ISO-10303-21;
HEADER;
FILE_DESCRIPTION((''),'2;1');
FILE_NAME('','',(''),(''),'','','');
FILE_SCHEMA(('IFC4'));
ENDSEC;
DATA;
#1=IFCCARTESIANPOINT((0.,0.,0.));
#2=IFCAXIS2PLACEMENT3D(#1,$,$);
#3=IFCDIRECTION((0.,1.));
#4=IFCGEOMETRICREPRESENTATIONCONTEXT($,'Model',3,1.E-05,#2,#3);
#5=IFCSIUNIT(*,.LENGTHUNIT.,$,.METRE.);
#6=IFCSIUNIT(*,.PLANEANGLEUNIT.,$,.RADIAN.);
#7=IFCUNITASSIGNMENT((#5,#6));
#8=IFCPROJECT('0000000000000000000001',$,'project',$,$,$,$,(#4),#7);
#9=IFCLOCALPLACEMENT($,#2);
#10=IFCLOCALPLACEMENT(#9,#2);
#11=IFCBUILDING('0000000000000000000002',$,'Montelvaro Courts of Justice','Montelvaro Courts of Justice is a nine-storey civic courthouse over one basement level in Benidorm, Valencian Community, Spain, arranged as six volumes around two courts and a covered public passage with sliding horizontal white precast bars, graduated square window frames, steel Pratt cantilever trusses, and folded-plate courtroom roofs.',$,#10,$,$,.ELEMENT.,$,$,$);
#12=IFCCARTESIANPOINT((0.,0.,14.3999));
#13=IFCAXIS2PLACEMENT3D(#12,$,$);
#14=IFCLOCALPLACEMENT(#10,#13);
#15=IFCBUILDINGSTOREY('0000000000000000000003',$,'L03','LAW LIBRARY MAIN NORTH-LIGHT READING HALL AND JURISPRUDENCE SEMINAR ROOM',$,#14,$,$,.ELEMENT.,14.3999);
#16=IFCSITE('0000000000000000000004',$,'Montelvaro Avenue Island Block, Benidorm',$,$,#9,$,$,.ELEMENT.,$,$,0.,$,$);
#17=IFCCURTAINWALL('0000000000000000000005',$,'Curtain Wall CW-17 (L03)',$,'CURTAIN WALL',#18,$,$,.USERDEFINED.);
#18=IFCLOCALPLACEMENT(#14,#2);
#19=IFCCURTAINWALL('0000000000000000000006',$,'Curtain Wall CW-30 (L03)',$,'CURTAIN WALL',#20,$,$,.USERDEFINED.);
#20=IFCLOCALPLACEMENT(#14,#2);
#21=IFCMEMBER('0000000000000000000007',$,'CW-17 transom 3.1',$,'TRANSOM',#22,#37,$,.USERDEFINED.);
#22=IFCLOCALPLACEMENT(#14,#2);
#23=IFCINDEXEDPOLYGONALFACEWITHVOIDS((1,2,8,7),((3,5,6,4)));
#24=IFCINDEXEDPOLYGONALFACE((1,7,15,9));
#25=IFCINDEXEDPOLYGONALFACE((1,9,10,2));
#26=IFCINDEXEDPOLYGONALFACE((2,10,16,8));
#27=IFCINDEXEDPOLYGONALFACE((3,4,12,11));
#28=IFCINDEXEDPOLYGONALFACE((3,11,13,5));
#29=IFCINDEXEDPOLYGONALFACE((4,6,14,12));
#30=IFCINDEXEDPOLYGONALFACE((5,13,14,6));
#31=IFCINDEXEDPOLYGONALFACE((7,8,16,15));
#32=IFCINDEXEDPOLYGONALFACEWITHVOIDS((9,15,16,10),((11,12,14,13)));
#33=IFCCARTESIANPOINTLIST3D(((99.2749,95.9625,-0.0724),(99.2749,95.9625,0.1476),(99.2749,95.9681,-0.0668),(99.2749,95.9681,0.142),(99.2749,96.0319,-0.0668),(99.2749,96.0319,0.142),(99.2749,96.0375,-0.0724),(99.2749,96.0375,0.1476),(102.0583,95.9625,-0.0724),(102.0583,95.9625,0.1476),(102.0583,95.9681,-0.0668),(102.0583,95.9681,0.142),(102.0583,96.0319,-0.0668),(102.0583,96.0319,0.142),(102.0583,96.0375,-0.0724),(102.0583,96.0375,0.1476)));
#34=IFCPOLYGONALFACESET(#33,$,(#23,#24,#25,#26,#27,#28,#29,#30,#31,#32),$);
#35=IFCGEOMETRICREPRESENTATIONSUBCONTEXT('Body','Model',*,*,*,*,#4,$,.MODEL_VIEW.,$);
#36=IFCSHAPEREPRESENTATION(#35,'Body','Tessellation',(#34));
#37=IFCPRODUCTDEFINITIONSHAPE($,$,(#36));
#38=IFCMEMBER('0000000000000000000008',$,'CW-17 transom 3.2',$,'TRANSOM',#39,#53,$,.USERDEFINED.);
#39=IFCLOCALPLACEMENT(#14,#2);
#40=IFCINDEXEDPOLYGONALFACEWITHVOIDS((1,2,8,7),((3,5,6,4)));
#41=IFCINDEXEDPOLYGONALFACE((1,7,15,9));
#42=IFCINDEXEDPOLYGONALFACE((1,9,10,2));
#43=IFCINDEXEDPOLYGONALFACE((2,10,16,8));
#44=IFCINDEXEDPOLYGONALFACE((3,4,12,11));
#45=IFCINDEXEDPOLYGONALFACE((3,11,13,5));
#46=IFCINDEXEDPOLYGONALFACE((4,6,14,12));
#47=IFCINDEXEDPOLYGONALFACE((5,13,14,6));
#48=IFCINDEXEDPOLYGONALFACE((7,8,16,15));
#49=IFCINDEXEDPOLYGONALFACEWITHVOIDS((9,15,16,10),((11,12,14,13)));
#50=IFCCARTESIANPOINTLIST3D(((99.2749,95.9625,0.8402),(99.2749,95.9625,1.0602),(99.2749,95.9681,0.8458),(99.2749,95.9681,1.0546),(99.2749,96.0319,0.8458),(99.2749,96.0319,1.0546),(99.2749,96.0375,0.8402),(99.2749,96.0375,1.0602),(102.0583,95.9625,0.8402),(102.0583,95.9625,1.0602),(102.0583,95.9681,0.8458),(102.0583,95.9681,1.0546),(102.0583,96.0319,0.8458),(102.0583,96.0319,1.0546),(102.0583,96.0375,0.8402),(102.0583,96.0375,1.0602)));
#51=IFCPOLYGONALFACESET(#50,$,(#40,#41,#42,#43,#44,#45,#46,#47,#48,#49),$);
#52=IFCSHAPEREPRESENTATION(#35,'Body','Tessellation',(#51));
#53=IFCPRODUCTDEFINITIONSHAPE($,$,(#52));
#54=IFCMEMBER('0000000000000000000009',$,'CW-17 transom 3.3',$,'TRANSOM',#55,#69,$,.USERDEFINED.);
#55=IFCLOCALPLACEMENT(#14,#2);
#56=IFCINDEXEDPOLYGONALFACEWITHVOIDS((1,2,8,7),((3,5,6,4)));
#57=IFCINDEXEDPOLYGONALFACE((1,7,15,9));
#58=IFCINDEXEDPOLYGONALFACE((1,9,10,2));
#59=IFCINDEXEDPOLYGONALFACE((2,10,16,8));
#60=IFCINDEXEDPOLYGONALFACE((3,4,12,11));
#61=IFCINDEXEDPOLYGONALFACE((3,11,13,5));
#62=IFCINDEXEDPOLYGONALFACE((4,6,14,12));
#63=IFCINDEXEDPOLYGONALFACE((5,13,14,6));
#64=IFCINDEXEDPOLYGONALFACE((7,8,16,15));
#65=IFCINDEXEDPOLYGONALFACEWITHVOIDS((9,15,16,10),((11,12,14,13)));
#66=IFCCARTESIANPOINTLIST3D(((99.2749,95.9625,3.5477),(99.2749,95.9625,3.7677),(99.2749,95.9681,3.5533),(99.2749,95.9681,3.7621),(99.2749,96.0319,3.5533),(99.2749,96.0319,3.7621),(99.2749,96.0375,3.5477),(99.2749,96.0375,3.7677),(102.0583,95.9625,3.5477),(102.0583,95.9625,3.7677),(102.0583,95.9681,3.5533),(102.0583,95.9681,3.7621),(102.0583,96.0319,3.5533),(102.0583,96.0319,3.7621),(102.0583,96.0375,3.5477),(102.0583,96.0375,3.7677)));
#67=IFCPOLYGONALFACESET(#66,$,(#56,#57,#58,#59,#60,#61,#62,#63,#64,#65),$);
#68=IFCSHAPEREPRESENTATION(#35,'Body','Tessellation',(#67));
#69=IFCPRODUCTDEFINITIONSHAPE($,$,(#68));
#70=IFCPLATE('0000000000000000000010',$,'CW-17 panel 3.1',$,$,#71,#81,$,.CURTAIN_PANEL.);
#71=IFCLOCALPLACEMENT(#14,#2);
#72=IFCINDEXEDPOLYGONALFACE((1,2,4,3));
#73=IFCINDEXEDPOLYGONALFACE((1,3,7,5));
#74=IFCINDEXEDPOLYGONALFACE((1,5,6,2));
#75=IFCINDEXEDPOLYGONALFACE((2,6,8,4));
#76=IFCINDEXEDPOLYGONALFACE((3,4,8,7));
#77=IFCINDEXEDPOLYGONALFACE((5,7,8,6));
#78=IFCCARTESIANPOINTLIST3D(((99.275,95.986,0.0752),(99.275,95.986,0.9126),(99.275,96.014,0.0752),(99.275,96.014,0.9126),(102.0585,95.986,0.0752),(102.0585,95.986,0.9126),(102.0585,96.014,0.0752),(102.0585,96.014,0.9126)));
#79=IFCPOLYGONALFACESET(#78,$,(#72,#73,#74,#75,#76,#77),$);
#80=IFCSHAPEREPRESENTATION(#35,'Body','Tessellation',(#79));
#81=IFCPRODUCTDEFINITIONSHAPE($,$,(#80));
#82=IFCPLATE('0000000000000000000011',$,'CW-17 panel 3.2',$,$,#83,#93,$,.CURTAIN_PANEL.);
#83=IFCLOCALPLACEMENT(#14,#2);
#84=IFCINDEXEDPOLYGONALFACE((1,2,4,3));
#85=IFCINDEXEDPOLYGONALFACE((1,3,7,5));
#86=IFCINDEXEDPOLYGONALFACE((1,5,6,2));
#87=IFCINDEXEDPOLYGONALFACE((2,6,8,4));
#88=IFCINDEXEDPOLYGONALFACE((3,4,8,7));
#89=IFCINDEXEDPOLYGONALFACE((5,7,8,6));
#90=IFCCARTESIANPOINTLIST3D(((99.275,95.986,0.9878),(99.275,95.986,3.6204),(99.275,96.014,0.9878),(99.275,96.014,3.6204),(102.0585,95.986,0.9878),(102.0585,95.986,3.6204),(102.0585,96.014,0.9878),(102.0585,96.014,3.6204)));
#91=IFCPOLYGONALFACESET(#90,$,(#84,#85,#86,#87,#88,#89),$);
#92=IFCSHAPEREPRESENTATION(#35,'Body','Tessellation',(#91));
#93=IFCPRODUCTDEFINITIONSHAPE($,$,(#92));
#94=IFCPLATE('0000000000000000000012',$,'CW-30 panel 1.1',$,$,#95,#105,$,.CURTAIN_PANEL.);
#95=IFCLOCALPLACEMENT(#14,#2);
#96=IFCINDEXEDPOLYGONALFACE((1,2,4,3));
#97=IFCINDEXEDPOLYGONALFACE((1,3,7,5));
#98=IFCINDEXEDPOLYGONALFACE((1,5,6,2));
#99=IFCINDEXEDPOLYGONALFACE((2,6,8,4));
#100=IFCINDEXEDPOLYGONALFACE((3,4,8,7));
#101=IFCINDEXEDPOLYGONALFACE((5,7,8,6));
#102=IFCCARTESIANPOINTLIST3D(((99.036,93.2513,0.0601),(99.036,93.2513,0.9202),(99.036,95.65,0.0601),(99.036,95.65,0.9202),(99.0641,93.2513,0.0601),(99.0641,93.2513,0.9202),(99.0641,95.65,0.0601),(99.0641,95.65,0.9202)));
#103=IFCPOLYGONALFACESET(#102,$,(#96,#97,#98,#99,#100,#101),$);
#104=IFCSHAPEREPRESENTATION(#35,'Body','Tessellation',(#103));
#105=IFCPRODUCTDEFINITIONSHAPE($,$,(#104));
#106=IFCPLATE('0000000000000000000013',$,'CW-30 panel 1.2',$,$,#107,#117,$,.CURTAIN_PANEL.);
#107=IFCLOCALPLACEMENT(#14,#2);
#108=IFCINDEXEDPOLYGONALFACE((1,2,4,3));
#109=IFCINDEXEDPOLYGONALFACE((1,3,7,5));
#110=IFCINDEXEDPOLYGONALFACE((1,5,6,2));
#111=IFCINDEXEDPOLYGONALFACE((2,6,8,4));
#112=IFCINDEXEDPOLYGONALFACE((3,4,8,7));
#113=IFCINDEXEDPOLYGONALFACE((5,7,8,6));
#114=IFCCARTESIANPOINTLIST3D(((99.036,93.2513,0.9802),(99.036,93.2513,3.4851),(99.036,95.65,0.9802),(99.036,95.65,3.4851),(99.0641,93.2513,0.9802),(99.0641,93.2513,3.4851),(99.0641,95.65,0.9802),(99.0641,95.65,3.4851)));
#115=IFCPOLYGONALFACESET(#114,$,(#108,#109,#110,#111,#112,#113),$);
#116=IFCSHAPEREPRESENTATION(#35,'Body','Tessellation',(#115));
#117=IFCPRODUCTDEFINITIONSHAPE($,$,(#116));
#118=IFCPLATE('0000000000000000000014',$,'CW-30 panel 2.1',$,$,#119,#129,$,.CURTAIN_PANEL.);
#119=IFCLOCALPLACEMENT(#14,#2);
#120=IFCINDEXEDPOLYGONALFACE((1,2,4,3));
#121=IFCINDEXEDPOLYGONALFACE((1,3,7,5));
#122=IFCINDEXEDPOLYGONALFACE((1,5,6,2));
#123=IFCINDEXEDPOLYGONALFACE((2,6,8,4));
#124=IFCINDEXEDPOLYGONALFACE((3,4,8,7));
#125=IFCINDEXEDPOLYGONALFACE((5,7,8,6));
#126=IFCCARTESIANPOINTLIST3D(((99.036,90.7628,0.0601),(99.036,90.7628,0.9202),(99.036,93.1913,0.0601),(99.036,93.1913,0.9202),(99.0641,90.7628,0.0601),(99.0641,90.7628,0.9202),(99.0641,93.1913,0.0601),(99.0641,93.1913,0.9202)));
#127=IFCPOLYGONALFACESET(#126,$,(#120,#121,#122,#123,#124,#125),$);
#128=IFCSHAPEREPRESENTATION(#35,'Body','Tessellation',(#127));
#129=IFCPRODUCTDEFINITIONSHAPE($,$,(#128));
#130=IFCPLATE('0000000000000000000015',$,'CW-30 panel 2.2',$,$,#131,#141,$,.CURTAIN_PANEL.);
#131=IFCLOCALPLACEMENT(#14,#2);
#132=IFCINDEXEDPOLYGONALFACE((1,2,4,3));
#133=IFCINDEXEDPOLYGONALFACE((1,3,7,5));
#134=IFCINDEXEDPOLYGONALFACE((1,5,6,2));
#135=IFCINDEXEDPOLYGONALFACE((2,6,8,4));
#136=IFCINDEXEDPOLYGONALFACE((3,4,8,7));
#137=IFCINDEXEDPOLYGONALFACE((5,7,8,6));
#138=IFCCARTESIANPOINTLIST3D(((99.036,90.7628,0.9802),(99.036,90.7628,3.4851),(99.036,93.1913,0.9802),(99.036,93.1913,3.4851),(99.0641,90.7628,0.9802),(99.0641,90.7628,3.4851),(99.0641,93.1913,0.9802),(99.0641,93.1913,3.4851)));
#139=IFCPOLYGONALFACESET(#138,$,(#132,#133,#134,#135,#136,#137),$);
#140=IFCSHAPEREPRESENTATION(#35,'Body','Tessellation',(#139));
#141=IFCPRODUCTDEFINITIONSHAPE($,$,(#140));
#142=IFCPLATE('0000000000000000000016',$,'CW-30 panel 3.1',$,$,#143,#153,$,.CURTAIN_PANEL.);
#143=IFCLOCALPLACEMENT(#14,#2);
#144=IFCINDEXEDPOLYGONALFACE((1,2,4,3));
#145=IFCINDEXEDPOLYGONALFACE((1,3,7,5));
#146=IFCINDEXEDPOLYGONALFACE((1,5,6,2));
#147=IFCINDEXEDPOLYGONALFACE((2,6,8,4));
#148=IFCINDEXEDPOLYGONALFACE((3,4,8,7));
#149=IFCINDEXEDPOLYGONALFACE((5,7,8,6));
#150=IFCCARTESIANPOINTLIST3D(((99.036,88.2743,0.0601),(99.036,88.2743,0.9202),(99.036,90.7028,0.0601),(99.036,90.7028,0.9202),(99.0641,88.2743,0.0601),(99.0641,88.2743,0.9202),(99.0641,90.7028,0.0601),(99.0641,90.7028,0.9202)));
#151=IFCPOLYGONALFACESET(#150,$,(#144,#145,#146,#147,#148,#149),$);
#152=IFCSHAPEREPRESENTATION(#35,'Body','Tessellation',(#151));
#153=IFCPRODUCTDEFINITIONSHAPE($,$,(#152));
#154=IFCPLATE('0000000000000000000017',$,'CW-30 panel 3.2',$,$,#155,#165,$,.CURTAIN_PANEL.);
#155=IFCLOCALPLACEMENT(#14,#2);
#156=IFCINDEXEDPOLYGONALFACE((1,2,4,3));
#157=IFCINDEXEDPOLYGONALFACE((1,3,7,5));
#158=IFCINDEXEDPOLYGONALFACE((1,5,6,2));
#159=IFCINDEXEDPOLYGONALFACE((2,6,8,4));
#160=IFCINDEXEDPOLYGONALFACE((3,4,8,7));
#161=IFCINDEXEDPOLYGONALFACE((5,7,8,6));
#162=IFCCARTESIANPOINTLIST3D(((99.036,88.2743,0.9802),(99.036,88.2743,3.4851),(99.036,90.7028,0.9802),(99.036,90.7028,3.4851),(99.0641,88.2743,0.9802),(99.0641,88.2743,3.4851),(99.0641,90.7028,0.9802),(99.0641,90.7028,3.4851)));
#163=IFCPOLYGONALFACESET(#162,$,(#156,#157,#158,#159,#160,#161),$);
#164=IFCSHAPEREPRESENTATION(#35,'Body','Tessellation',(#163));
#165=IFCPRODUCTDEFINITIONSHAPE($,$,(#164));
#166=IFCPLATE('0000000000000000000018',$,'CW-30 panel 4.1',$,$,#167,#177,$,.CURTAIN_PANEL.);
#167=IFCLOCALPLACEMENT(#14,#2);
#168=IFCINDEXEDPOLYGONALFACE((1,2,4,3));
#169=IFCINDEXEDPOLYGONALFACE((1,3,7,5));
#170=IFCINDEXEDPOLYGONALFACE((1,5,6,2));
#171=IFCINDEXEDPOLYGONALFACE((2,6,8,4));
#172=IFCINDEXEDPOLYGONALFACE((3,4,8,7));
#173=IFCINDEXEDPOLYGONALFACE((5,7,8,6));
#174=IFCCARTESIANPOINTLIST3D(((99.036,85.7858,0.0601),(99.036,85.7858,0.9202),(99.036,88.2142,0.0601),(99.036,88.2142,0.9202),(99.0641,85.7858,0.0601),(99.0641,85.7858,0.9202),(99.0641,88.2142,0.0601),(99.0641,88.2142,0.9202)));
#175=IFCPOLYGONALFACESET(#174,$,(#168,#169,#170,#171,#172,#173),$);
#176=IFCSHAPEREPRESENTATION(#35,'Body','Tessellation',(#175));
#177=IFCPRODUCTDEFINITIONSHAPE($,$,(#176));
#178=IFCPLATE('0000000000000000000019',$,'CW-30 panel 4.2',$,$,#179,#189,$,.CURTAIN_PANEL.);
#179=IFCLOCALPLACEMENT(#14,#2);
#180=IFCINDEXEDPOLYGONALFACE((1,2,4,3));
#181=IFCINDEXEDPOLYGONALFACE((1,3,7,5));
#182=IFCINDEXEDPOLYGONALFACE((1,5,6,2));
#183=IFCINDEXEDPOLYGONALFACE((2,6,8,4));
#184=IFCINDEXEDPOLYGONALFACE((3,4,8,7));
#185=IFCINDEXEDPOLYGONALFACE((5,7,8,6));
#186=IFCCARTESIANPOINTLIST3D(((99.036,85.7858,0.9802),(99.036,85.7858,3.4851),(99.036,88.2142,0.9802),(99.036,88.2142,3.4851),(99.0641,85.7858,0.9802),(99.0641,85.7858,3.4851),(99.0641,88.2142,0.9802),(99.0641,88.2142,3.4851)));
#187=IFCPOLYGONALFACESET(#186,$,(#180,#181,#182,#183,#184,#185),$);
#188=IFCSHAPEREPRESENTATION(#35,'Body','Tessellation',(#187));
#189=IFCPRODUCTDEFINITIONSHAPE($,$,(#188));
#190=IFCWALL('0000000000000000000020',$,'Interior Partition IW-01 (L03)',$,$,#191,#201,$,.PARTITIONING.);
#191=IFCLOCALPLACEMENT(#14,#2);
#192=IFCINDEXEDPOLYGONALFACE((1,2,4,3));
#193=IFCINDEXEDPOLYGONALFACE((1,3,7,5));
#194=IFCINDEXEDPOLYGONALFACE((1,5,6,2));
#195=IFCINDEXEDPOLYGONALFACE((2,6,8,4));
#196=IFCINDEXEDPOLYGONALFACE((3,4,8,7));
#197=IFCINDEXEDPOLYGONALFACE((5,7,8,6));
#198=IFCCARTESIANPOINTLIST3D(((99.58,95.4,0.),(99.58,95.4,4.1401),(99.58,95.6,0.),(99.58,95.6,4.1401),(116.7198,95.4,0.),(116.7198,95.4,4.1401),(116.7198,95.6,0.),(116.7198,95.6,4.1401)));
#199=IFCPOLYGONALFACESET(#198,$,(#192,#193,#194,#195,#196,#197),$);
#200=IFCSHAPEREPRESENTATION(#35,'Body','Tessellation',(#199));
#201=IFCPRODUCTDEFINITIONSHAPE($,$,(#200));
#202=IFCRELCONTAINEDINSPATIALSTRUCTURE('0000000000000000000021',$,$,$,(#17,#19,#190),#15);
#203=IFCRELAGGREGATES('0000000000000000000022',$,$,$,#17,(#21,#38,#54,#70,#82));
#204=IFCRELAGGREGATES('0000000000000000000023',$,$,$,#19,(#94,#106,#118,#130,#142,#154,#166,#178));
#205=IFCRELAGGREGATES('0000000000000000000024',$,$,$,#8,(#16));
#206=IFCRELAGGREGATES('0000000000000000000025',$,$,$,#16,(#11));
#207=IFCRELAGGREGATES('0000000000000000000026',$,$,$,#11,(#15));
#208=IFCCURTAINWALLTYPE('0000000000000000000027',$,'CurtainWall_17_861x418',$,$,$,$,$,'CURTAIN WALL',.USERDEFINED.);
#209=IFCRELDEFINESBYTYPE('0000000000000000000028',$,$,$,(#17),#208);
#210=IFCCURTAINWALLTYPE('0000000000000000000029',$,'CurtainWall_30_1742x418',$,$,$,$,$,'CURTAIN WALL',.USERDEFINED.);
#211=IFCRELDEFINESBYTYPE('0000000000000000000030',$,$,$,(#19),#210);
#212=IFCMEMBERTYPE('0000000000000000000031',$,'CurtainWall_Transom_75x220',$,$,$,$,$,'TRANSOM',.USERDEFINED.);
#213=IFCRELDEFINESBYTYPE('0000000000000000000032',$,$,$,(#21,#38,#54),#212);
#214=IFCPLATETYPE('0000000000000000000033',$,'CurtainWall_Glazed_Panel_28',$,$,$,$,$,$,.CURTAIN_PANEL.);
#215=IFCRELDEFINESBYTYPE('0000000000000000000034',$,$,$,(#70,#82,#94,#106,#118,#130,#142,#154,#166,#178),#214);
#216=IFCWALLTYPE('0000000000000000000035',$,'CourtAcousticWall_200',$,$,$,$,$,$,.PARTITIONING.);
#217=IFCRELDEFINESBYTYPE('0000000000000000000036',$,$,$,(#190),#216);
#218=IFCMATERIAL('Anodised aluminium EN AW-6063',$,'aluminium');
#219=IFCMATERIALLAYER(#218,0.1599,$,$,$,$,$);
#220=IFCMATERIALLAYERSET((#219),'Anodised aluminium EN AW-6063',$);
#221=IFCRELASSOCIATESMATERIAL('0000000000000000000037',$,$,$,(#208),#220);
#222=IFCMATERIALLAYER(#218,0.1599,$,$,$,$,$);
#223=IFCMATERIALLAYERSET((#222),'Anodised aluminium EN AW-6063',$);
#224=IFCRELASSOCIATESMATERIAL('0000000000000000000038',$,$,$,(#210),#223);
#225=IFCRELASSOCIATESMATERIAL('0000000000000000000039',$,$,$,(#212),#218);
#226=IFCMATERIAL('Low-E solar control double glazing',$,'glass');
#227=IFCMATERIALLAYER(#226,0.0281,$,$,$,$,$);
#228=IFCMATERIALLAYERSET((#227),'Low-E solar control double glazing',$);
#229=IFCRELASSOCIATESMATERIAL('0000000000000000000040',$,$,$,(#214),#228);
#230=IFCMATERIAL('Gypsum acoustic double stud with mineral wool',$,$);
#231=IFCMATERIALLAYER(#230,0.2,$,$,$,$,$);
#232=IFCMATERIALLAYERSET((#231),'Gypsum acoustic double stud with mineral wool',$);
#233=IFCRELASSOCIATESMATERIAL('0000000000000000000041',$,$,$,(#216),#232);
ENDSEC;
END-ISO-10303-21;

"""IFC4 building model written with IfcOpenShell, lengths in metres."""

from ifc_helpers import new_model, si_unit, direction, frame, frame_2d, origin, origin_2d, place, context, subcontext, project, spatial, rectangle, hollow_rectangle, extrude, material, layer, layer_set, material_profile, profile_set, type_object, element, aggregate, save


model = new_model("IFC4")

# Units and contexts
model_context = context("Model", 3, precision=1e-05, world=origin(), true_north=direction((0.0, 1.0)))
body_context = subcontext(model_context, "Body", "Model", "MODEL_VIEW")
ifc_project = project(units=[si_unit("LENGTHUNIT", "METRE"), si_unit("PLANEANGLEUNIT", "RADIAN")], contexts=[model_context])

# Site, building, storey
site_placement = place(None, origin())
site = spatial("IfcSite", under=ifc_project, at=site_placement, Name="Montelvaro Avenue Island Block, Benidorm", CompositionType="ELEMENT", RefElevation=0.0)
building_placement = place(site_placement, origin())
building = spatial("IfcBuilding", under=site, at=building_placement, Name="Montelvaro Courts of Justice", Description="Montelvaro Courts of Justice is a nine-storey civic courthouse over one basement level in Benidorm, Valencian Community, Spain, arranged as six volumes around two courts and a covered public passage with sliding horizontal white precast bars, graduated square window frames, steel Pratt cantilever trusses, and folded-plate courtroom roofs.", CompositionType="ELEMENT")
storey_placement = place(building_placement, frame((0.0, 0.0, 14.3999)))
storey = spatial("IfcBuildingStorey", under=building, at=storey_placement, Name="L03", Description="LAW LIBRARY MAIN NORTH-LIGHT READING HALL AND JURISPRUDENCE SEMINAR ROOM", CompositionType="ELEMENT", Elevation=14.3999)

# Curtain wall
ifc_material_1 = material(Name="Anodised aluminium EN AW-6063", Category="aluminium")
ifc_layer_1 = layer(ifc_material_1, 0.1599)
ifc_layer_set_1 = layer_set([ifc_layer_1], Name="Anodised aluminium EN AW-6063")
curtain_wall_type_1 = type_object("IfcCurtainWallType", Name="CurtainWall_17_861x418", ElementType="CURTAIN WALL", PredefinedType="USERDEFINED", material=ifc_layer_set_1)
curtain_wall_1_placement = place(storey_placement, origin())
curtain_wall_1 = element("IfcCurtainWall", 1, at=curtain_wall_1_placement, inside=storey, type_object=curtain_wall_type_1, Name="Curtain Wall CW-17 (L03)", ObjectType="CURTAIN WALL", PredefinedType="USERDEFINED")

# Curtain wall
ifc_layer_2 = layer(ifc_material_1, 0.1599)
ifc_layer_set_2 = layer_set([ifc_layer_2], Name="Anodised aluminium EN AW-6063")
curtain_wall_type_2 = type_object("IfcCurtainWallType", Name="CurtainWall_30_1742x418", ElementType="CURTAIN WALL", PredefinedType="USERDEFINED", material=ifc_layer_set_2)
curtain_wall_2_placement = place(storey_placement, origin())
curtain_wall_2 = element("IfcCurtainWall", 2, at=curtain_wall_2_placement, inside=storey, type_object=curtain_wall_type_2, Name="Curtain Wall CW-30 (L03)", ObjectType="CURTAIN WALL", PredefinedType="USERDEFINED")

# Members
ifc_material_profile_1 = material_profile(ifc_material_1, hollow_rectangle(XDim=0.075, YDim=0.22, WallThickness=0.0056, at=origin_2d()), Name="ALU-T 75x220")
ifc_profile_set_1 = profile_set([ifc_material_profile_1], Name="Anodised aluminium EN AW-6063")
member_type_1 = type_object("IfcMemberType", Name="CurtainWall_Transom_75x220", ElementType="TRANSOM", PredefinedType="USERDEFINED", material=ifc_profile_set_1)
member_1_placement = place(storey_placement, frame((102.0583, 96.0, 0.0376), z_axis=(-1.0, 0.0, 0.0), x_axis=(0.0, -1.0, 0.0)))
member_1 = element("IfcMember", 3, at=member_1_placement, type_object=member_type_1, Name="CW-17 transom 3.1", ObjectType="TRANSOM", PredefinedType="USERDEFINED", context=body_context, shape_type="SweptSolid", body=[
    extrude(hollow_rectangle(XDim=0.075, YDim=0.22, WallThickness=0.0056, at=origin_2d()), origin(), (0.0, 0.0, 1.0), 2.7834),
])
member_2_placement = place(storey_placement, frame((102.0583, 96.0, 0.9502), z_axis=(-1.0, 0.0, 0.0), x_axis=(0.0, -1.0, 0.0)))
member_2 = element("IfcMember", 4, at=member_2_placement, type_object=member_type_1, Name="CW-17 transom 3.2", ObjectType="TRANSOM", PredefinedType="USERDEFINED", context=body_context, shape_type="SweptSolid", body=[
    extrude(hollow_rectangle(XDim=0.075, YDim=0.22, WallThickness=0.0056, at=origin_2d()), origin(), (0.0, 0.0, 1.0), 2.7834),
])
member_3_placement = place(storey_placement, frame((102.0583, 96.0, 3.6577), z_axis=(-1.0, 0.0, 0.0), x_axis=(0.0, -1.0, 0.0)))
member_3 = element("IfcMember", 5, at=member_3_placement, type_object=member_type_1, Name="CW-17 transom 3.3", ObjectType="TRANSOM", PredefinedType="USERDEFINED", context=body_context, shape_type="SweptSolid", body=[
    extrude(hollow_rectangle(XDim=0.075, YDim=0.22, WallThickness=0.0056, at=origin_2d()), origin(), (0.0, 0.0, 1.0), 2.7834),
])

# Plates
ifc_material_2 = material(Name="Low-E solar control double glazing", Category="glass")
ifc_layer_3 = layer(ifc_material_2, 0.0281)
ifc_layer_set_3 = layer_set([ifc_layer_3], Name="Low-E solar control double glazing")
plate_type = type_object("IfcPlateType", Name="CurtainWall_Glazed_Panel_28", PredefinedType="CURTAIN_PANEL", material=ifc_layer_set_3)
plate_1_placement = place(storey_placement, frame((100.6667, 96.0, 0.0752), z_axis=(0.0, 0.0, 1.0), x_axis=(-1.0, 0.0, 0.0)))
plate_1 = element("IfcPlate", 6, at=plate_1_placement, type_object=plate_type, Name="CW-17 panel 3.1", PredefinedType="CURTAIN_PANEL", context=body_context, shape_type="SweptSolid", body=[
    extrude(rectangle(XDim=2.7834, YDim=0.0281, at=origin_2d()), origin(), (0.0, 0.0, 1.0), 0.8374),
])
plate_2_placement = place(storey_placement, frame((100.6667, 96.0, 0.9878), z_axis=(0.0, 0.0, 1.0), x_axis=(-1.0, 0.0, 0.0)))
plate_2 = element("IfcPlate", 7, at=plate_2_placement, type_object=plate_type, Name="CW-17 panel 3.2", PredefinedType="CURTAIN_PANEL", context=body_context, shape_type="SweptSolid", body=[
    extrude(rectangle(XDim=2.7834, YDim=0.0281, at=origin_2d()), origin(), (0.0, 0.0, 1.0), 2.6326),
])
aggregate(curtain_wall_1, [member_1, member_2, member_3, plate_1, plate_2])
plate_3_placement = place(storey_placement, frame((99.05, 94.4507, 0.0601), z_axis=(0.0, 0.0, 1.0), x_axis=(0.0, -1.0, 0.0)))
plate_3 = element("IfcPlate", 8, at=plate_3_placement, type_object=plate_type, Name="CW-30 panel 1.1", PredefinedType="CURTAIN_PANEL", context=body_context, shape_type="SweptSolid", body=[
    extrude(rectangle(XDim=2.3987, YDim=0.0281, at=origin_2d()), origin(), (0.0, 0.0, 1.0), 0.8601),
])
plate_4_placement = place(storey_placement, frame((99.05, 94.4507, 0.9802), z_axis=(0.0, 0.0, 1.0), x_axis=(0.0, -1.0, 0.0)))
plate_4 = element("IfcPlate", 9, at=plate_4_placement, type_object=plate_type, Name="CW-30 panel 1.2", PredefinedType="CURTAIN_PANEL", context=body_context, shape_type="SweptSolid", body=[
    extrude(rectangle(XDim=2.3987, YDim=0.0281, at=origin_2d()), origin(), (0.0, 0.0, 1.0), 2.5049),
])
plate_5_placement = place(storey_placement, frame((99.05, 91.9771, 0.0601), z_axis=(0.0, 0.0, 1.0), x_axis=(0.0, -1.0, 0.0)))
plate_5 = element("IfcPlate", 10, at=plate_5_placement, type_object=plate_type, Name="CW-30 panel 2.1", PredefinedType="CURTAIN_PANEL", context=body_context, shape_type="SweptSolid", body=[
    extrude(rectangle(XDim=2.4285, YDim=0.0281, at=origin_2d()), origin(), (0.0, 0.0, 1.0), 0.8601),
])
plate_6_placement = place(storey_placement, frame((99.05, 91.9771, 0.9802), z_axis=(0.0, 0.0, 1.0), x_axis=(0.0, -1.0, 0.0)))
plate_6 = element("IfcPlate", 11, at=plate_6_placement, type_object=plate_type, Name="CW-30 panel 2.2", PredefinedType="CURTAIN_PANEL", context=body_context, shape_type="SweptSolid", body=[
    extrude(rectangle(XDim=2.4285, YDim=0.0281, at=origin_2d()), origin(), (0.0, 0.0, 1.0), 2.5049),
])
plate_7_placement = place(storey_placement, frame((99.05, 89.4885, 0.0601), z_axis=(0.0, 0.0, 1.0), x_axis=(0.0, -1.0, 0.0)))
plate_7 = element("IfcPlate", 12, at=plate_7_placement, type_object=plate_type, Name="CW-30 panel 3.1", PredefinedType="CURTAIN_PANEL", context=body_context, shape_type="SweptSolid", body=[
    extrude(rectangle(XDim=2.4285, YDim=0.0281, at=origin_2d()), origin(), (0.0, 0.0, 1.0), 0.8601),
])
plate_8_placement = place(storey_placement, frame((99.05, 89.4885, 0.9802), z_axis=(0.0, 0.0, 1.0), x_axis=(0.0, -1.0, 0.0)))
plate_8 = element("IfcPlate", 13, at=plate_8_placement, type_object=plate_type, Name="CW-30 panel 3.2", PredefinedType="CURTAIN_PANEL", context=body_context, shape_type="SweptSolid", body=[
    extrude(rectangle(XDim=2.4285, YDim=0.0281, at=origin_2d()), origin(), (0.0, 0.0, 1.0), 2.5049),
])
plate_9_placement = place(storey_placement, frame((99.05, 87.0, 0.0601), z_axis=(0.0, 0.0, 1.0), x_axis=(0.0, -1.0, 0.0)))
plate_9 = element("IfcPlate", 14, at=plate_9_placement, type_object=plate_type, Name="CW-30 panel 4.1", PredefinedType="CURTAIN_PANEL", context=body_context, shape_type="SweptSolid", body=[
    extrude(rectangle(XDim=2.4285, YDim=0.0281, at=origin_2d()), origin(), (0.0, 0.0, 1.0), 0.8601),
])
plate_10_placement = place(storey_placement, frame((99.05, 87.0, 0.9802), z_axis=(0.0, 0.0, 1.0), x_axis=(0.0, -1.0, 0.0)))
plate_10 = element("IfcPlate", 15, at=plate_10_placement, type_object=plate_type, Name="CW-30 panel 4.2", PredefinedType="CURTAIN_PANEL", context=body_context, shape_type="SweptSolid", body=[
    extrude(rectangle(XDim=2.4285, YDim=0.0281, at=origin_2d()), origin(), (0.0, 0.0, 1.0), 2.5049),
])
aggregate(curtain_wall_2, [plate_3, plate_4, plate_5, plate_6, plate_7, plate_8, plate_9, plate_10])

# Wall
ifc_material_3 = material(Name="Gypsum acoustic double stud with mineral wool")
ifc_layer_4 = layer(ifc_material_3, 0.2)
ifc_layer_set_4 = layer_set([ifc_layer_4], Name="Gypsum acoustic double stud with mineral wool")
wall_type = type_object("IfcWallType", Name="CourtAcousticWall_200", PredefinedType="PARTITIONING", material=ifc_layer_set_4)
wall_placement = place(storey_placement, frame((99.5801, 95.5, 0.0), z_axis=(0.0, 0.0, 1.0), x_axis=(1.0, 0.0, 0.0)))
element("IfcWall", 16, at=wall_placement, inside=storey, type_object=wall_type, Name="Interior Partition IW-01 (L03)", PredefinedType="PARTITIONING", context=body_context, shape_type="SweptSolid", body=[
    extrude(rectangle(XDim=17.1399, YDim=0.2, at=frame_2d((8.5698, 0.0))), origin(), (0.0, 0.0, 1.0), 4.1401),
])

save(model, "model.ifc")
